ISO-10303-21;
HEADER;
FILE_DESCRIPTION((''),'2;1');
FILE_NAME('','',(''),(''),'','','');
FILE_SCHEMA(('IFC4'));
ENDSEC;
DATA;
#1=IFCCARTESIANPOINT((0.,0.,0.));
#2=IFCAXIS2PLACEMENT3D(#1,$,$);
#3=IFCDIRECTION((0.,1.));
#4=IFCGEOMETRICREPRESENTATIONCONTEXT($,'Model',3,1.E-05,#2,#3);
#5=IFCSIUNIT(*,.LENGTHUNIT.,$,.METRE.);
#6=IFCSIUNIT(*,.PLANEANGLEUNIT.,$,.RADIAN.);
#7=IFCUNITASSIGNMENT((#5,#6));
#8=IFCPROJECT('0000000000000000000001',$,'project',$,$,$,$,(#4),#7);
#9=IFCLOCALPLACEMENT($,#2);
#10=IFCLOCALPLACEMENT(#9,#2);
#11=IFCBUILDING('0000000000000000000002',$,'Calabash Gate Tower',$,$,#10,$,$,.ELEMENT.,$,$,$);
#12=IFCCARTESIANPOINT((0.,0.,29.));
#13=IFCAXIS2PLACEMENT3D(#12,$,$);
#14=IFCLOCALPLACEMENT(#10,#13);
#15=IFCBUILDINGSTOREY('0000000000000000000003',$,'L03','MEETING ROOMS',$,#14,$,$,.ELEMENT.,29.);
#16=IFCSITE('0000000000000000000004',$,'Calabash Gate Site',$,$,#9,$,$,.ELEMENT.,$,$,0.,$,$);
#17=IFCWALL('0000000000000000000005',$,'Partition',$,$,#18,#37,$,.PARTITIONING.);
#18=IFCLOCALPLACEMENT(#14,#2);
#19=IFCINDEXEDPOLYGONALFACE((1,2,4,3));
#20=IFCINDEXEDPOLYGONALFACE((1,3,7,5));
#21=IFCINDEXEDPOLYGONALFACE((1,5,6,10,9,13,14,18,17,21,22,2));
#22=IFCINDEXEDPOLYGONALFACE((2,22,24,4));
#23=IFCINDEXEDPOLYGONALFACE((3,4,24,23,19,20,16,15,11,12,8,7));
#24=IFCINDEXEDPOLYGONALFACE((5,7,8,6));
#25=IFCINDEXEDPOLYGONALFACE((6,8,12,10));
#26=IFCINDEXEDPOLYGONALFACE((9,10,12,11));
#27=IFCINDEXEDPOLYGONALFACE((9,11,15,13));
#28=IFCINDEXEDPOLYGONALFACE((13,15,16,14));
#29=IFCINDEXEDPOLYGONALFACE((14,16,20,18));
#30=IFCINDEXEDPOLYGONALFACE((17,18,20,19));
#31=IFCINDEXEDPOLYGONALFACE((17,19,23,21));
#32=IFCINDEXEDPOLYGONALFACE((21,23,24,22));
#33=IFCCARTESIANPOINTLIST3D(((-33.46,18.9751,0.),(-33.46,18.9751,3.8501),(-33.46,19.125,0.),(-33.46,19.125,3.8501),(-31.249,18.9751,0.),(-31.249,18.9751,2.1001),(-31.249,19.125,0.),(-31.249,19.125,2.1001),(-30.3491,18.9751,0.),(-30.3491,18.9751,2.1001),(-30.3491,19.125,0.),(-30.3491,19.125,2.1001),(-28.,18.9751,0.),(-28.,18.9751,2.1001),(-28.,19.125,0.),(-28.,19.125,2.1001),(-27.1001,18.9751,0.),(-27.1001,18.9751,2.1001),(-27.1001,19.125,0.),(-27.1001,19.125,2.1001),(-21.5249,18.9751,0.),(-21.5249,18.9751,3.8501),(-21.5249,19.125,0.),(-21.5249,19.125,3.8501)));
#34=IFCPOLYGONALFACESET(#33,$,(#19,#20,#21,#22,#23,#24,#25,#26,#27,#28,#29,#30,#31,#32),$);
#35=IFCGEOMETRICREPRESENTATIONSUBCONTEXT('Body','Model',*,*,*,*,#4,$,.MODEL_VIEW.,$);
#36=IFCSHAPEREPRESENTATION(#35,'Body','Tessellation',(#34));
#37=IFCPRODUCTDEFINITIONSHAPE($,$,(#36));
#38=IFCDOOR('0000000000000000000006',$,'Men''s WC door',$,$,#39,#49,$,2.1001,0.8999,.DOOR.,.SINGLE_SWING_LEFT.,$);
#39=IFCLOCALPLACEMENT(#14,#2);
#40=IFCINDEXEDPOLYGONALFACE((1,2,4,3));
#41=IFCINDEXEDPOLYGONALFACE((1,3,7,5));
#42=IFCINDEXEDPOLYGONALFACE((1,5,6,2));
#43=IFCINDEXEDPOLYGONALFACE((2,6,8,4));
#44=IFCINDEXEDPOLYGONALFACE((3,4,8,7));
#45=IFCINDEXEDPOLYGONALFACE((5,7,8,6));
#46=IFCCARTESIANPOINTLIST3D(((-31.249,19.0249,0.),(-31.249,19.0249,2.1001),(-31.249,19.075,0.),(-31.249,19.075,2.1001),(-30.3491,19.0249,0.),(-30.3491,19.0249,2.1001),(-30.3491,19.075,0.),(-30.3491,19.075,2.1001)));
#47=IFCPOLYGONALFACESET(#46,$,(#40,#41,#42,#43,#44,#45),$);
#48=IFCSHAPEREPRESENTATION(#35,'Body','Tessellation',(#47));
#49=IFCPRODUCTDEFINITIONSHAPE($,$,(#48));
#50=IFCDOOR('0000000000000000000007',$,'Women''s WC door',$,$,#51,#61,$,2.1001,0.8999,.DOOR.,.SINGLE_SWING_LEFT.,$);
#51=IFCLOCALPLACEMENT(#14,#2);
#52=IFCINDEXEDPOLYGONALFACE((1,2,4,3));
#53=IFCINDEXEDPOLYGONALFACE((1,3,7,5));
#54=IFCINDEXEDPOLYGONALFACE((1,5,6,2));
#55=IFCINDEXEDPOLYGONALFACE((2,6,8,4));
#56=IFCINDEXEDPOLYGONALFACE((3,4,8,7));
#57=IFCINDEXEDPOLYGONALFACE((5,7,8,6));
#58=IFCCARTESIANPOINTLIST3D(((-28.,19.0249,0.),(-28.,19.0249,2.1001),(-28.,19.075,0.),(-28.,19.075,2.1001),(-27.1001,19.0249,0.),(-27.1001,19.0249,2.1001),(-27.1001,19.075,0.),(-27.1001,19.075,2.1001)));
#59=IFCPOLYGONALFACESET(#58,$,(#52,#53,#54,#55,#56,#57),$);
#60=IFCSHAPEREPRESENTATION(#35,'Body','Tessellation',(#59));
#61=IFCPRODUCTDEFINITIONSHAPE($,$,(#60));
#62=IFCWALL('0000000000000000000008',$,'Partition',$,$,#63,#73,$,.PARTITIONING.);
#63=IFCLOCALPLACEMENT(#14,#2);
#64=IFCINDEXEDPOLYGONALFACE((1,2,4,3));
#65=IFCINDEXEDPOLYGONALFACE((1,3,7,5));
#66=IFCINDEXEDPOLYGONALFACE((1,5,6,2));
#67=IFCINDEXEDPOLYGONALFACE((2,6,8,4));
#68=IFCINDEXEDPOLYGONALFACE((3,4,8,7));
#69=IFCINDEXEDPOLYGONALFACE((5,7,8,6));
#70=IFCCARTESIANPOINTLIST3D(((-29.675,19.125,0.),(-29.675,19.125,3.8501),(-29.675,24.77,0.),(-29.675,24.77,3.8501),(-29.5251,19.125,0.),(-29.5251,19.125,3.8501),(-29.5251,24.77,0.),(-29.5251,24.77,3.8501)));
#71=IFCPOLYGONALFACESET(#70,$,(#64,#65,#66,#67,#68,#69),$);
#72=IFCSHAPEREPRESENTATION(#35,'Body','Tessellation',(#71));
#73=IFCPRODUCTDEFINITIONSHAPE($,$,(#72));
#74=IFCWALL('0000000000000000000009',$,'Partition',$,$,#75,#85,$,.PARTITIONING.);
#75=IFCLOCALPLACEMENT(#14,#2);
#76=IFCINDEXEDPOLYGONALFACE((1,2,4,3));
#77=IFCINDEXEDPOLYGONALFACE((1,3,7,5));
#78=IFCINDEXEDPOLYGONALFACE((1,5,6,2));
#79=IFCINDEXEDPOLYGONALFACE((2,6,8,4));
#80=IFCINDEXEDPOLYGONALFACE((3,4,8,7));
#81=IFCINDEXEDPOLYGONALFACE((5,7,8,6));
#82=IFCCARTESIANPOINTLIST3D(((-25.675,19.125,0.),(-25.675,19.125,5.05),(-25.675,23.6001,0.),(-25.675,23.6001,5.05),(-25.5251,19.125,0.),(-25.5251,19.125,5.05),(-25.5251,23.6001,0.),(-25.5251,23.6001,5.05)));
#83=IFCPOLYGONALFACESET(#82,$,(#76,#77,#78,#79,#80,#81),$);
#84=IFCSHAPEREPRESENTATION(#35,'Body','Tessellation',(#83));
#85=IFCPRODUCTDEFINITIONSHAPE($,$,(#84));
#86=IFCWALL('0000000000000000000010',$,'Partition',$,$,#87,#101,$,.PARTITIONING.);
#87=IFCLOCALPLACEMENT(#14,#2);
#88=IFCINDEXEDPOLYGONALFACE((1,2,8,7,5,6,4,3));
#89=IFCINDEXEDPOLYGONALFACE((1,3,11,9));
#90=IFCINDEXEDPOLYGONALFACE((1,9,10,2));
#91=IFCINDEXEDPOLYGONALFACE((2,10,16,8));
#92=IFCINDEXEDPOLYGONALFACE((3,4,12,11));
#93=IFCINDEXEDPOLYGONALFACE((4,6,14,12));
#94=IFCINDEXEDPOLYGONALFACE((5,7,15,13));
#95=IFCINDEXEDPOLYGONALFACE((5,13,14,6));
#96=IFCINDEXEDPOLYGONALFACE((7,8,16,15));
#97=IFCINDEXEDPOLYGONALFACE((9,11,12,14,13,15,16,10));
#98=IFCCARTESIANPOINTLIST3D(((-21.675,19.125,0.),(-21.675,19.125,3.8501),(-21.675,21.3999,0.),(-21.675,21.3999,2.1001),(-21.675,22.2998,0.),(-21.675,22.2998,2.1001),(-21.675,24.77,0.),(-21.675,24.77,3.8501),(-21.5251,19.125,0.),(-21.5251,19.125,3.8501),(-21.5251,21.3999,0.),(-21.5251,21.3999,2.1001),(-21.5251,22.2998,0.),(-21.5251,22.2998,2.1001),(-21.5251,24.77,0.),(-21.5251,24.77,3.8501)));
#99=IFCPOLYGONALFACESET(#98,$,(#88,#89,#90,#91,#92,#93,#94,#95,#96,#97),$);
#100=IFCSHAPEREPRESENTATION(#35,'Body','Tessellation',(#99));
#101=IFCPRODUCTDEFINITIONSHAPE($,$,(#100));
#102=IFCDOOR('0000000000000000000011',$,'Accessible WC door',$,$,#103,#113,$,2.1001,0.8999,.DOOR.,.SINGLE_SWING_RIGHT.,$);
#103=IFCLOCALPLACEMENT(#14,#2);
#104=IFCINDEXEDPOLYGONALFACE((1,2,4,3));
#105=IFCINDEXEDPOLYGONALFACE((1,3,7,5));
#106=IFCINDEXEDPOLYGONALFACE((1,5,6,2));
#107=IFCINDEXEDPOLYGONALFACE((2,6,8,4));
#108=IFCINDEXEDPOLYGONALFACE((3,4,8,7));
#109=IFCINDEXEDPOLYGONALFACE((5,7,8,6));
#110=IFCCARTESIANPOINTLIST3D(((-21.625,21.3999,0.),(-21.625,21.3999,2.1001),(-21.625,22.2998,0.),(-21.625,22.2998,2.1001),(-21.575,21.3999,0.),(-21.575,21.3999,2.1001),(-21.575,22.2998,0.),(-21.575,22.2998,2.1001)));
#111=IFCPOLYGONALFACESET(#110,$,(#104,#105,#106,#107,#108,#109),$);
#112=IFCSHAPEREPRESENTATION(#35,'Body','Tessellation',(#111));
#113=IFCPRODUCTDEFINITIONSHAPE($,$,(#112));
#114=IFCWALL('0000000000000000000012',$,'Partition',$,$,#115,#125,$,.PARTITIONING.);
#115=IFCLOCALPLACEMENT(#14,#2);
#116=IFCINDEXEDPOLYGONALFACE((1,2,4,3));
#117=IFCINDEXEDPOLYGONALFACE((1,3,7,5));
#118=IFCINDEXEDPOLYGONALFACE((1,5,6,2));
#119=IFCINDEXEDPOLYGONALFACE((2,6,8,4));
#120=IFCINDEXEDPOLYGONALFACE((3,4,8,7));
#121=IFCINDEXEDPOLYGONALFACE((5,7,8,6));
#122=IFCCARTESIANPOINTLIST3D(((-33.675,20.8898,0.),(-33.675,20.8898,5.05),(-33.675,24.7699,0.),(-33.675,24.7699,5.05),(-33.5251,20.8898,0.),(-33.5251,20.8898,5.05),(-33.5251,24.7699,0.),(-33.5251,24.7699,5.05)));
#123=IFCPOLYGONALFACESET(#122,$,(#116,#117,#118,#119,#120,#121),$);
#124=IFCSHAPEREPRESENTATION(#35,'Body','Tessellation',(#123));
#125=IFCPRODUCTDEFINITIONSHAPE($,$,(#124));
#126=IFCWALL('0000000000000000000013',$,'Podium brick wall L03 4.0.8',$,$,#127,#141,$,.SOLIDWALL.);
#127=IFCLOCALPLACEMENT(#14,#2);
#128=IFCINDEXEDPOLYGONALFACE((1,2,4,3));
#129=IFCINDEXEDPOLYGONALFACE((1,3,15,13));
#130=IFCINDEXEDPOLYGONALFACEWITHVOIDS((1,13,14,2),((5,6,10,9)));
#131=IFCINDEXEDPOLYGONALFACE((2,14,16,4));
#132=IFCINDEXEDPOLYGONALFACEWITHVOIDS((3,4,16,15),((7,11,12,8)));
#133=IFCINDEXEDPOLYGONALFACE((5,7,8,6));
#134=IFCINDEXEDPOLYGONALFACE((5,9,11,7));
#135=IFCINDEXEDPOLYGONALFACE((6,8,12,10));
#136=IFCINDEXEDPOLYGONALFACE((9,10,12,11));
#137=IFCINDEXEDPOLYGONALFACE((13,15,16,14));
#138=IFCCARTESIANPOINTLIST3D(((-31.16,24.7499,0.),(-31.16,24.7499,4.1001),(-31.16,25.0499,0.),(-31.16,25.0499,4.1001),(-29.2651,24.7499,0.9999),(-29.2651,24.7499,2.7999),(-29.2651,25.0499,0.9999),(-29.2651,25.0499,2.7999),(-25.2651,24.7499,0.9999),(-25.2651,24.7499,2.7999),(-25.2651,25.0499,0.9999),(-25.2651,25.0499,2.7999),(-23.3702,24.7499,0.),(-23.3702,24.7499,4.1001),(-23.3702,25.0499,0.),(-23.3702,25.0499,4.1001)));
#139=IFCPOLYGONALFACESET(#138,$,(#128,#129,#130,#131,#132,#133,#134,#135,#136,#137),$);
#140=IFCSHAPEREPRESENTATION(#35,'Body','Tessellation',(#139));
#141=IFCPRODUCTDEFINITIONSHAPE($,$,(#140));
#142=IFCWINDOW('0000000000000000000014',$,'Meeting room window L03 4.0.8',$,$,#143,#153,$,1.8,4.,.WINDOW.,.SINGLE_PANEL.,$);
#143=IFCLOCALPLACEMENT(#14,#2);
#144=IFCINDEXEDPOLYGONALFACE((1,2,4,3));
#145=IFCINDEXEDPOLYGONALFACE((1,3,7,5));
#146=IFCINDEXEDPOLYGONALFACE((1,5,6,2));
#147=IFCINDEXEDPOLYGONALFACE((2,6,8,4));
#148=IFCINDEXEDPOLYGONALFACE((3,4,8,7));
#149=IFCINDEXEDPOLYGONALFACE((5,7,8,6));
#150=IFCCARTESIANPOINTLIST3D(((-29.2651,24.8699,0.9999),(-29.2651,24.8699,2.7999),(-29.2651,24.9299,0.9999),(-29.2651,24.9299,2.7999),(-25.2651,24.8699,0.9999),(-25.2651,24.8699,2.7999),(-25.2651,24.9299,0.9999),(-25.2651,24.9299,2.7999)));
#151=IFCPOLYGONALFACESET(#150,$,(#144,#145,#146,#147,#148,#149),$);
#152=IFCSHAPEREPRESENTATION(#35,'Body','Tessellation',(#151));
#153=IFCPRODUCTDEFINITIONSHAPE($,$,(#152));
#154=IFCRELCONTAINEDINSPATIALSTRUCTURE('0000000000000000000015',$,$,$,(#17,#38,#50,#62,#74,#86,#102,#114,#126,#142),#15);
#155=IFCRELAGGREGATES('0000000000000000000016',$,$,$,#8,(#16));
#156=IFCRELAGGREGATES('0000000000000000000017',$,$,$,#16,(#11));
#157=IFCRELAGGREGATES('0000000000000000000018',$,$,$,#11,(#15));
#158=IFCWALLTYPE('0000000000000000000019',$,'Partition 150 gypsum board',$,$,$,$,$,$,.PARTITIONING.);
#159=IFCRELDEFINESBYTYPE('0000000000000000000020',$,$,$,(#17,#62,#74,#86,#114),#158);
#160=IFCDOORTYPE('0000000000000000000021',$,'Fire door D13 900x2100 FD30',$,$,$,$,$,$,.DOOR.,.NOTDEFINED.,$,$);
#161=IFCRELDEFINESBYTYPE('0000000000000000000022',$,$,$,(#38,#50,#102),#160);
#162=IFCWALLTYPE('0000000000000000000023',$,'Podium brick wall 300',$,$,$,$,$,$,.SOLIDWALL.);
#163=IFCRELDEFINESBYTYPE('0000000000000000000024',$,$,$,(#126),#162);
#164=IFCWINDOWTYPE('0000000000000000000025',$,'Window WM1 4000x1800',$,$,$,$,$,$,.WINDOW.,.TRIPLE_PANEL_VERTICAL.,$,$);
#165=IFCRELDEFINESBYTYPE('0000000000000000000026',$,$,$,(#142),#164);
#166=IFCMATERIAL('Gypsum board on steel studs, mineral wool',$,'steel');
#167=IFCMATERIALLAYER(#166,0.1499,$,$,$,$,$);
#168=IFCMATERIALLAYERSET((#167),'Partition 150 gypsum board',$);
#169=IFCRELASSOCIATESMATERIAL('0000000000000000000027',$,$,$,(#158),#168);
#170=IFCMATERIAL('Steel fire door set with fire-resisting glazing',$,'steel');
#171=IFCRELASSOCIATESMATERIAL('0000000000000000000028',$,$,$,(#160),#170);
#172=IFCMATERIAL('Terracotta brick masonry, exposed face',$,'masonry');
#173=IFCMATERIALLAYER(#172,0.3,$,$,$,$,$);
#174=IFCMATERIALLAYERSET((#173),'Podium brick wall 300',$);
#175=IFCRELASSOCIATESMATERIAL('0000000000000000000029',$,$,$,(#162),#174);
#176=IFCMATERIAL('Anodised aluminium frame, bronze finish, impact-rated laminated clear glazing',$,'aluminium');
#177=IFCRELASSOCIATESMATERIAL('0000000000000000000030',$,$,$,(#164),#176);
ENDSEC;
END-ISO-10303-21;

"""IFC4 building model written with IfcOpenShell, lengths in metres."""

from ifc_helpers import new_model, si_unit, direction, frame, frame_2d, origin, place, context, subcontext, project, spatial, rectangle, extrude, material, layer, layer_set, type_object, element, fill, save


model = new_model("IFC4")

# Units and contexts
model_context = context("Model", 3, precision=1e-05, world=origin(), true_north=direction((0.0, 1.0)))
body_context = subcontext(model_context, "Body", "Model", "MODEL_VIEW")
ifc_project = project(units=[si_unit("LENGTHUNIT", "METRE"), si_unit("PLANEANGLEUNIT", "RADIAN")], contexts=[model_context])

# Site, building, storey
site_placement = place(None, origin())
site = spatial("IfcSite", under=ifc_project, at=site_placement, Name="Calabash Gate Site", CompositionType="ELEMENT", RefElevation=0.0)
building_placement = place(site_placement, origin())
building = spatial("IfcBuilding", under=site, at=building_placement, Name="Calabash Gate Tower", CompositionType="ELEMENT")
storey_placement = place(building_placement, frame((0.0, 0.0, 29.0)))
storey = spatial("IfcBuildingStorey", under=building, at=storey_placement, Name="L03", Description="MEETING ROOMS", CompositionType="ELEMENT", Elevation=29.0)

# Wall, openings, doors
ifc_material_1 = material(Name="Gypsum board on steel studs, mineral wool", Category="steel")
ifc_layer_1 = layer(ifc_material_1, 0.1499)
ifc_layer_set_1 = layer_set([ifc_layer_1], Name="Partition 150 gypsum board")
wall_type_1 = type_object("IfcWallType", Name="Partition 150 gypsum board", PredefinedType="PARTITIONING", material=ifc_layer_set_1)
wall_1_placement = place(storey_placement, frame((-33.46, 19.05, 0.0), z_axis=(0.0, 0.0, 1.0), x_axis=(1.0, 0.0, 0.0)))
wall_1 = element("IfcWall", 1, at=wall_1_placement, inside=storey, type_object=wall_type_1, Name="Partition", PredefinedType="PARTITIONING", context=body_context, shape_type="SweptSolid", body=[
    extrude(rectangle(XDim=11.9351, YDim=0.1499, at=frame_2d((5.9675, 0.0))), origin(), (0.0, 0.0, 1.0), 3.8501),
])
opening_1_placement = place(wall_1_placement, frame((2.2109, 0.0, 0.0)))
opening_1 = element("IfcOpeningElement", 2, at=opening_1_placement, cuts=wall_1, PredefinedType="OPENING", context=body_context, shape_type="SweptSolid", body=[
    extrude(rectangle(XDim=0.8999, YDim=2.1001, at=frame_2d((0.45, 1.05))), frame((0.0, 0.085, 0.0), z_axis=(0.0, -1.0, 0.0), x_axis=(1.0, 0.0, 0.0)), (0.0, 0.0, 1.0), 0.1699),
])
opening_2_placement = place(wall_1_placement, frame((5.46, 0.0, 0.0)))
opening_2 = element("IfcOpeningElement", 3, at=opening_2_placement, cuts=wall_1, PredefinedType="OPENING", context=body_context, shape_type="SweptSolid", body=[
    extrude(rectangle(XDim=0.8999, YDim=2.1001, at=frame_2d((0.45, 1.05))), frame((0.0, 0.085, 0.0), z_axis=(0.0, -1.0, 0.0), x_axis=(1.0, 0.0, 0.0)), (0.0, 0.0, 1.0), 0.1699),
])
ifc_material_2 = material(Name="Steel fire door set with fire-resisting glazing", Category="steel")
door_type = type_object("IfcDoorType", Name="Fire door D13 900x2100 FD30", OperationType="NOTDEFINED", PredefinedType="DOOR", material=ifc_material_2)
door_1_placement = place(opening_1_placement, origin())
door_1 = element("IfcDoor", 4, at=door_1_placement, inside=storey, type_object=door_type, Name="Men's WC door", OperationType="SINGLE_SWING_LEFT", OverallHeight=2.1001, OverallWidth=0.8999, PredefinedType="DOOR", context=body_context, shape_type="SweptSolid", body=[
    extrude(rectangle(XDim=0.8999, YDim=2.1001, at=frame_2d((0.45, 1.05))), frame((0.0, 0.0249, 0.0), z_axis=(0.0, -1.0, 0.0), x_axis=(1.0, 0.0, 0.0)), (0.0, 0.0, 1.0), 0.05),
])
fill(opening_1, door_1)
door_2_placement = place(opening_2_placement, origin())
door_2 = element("IfcDoor", 5, at=door_2_placement, inside=storey, type_object=door_type, Name="Women's WC door", OperationType="SINGLE_SWING_LEFT", OverallHeight=2.1001, OverallWidth=0.8999, PredefinedType="DOOR", context=body_context, shape_type="SweptSolid", body=[
    extrude(rectangle(XDim=0.8999, YDim=2.1001, at=frame_2d((0.45, 1.05))), frame((0.0, 0.0249, 0.0), z_axis=(0.0, -1.0, 0.0), x_axis=(1.0, 0.0, 0.0)), (0.0, 0.0, 1.0), 0.05),
])
fill(opening_2, door_2)

# Walls
wall_2_placement = place(storey_placement, frame((-29.6001, 19.125, 0.0), z_axis=(0.0, 0.0, 1.0), x_axis=(0.0, 1.0, 0.0)))
element("IfcWall", 6, at=wall_2_placement, inside=storey, type_object=wall_type_1, Name="Partition", PredefinedType="PARTITIONING", context=body_context, shape_type="SweptSolid", body=[
    extrude(rectangle(XDim=5.645, YDim=0.1499, at=frame_2d((2.8225, 0.0))), origin(), (0.0, 0.0, 1.0), 3.8501),
])
wall_3_placement = place(storey_placement, frame((-25.6001, 19.125, 0.0), z_axis=(0.0, 0.0, 1.0), x_axis=(0.0, 1.0, 0.0)))
element("IfcWall", 7, at=wall_3_placement, inside=storey, type_object=wall_type_1, Name="Partition", PredefinedType="PARTITIONING", context=body_context, shape_type="SweptSolid", body=[
    extrude(rectangle(XDim=4.4751, YDim=0.1499, at=frame_2d((2.2375, 0.0))), origin(), (0.0, 0.0, 1.0), 5.05),
])

# Wall, opening, door
wall_4_placement = place(storey_placement, frame((-21.6001, 19.125, 0.0), z_axis=(0.0, 0.0, 1.0), x_axis=(0.0, 1.0, 0.0)))
wall_4 = element("IfcWall", 8, at=wall_4_placement, inside=storey, type_object=wall_type_1, Name="Partition", PredefinedType="PARTITIONING", context=body_context, shape_type="SweptSolid", body=[
    extrude(rectangle(XDim=5.645, YDim=0.1499, at=frame_2d((2.8225, 0.0))), origin(), (0.0, 0.0, 1.0), 3.8501),
])
opening_3_placement = place(wall_4_placement, frame((2.2749, 0.0, 0.0)))
opening_3 = element("IfcOpeningElement", 9, at=opening_3_placement, cuts=wall_4, PredefinedType="OPENING", context=body_context, shape_type="SweptSolid", body=[
    extrude(rectangle(XDim=0.8999, YDim=2.1001, at=frame_2d((0.45, 1.05))), frame((0.0, 0.085, 0.0), z_axis=(0.0, -1.0, 0.0), x_axis=(1.0, 0.0, 0.0)), (0.0, 0.0, 1.0), 0.1699),
])
door_3_placement = place(opening_3_placement, origin())
door_3 = element("IfcDoor", 10, at=door_3_placement, inside=storey, type_object=door_type, Name="Accessible WC door", OperationType="SINGLE_SWING_RIGHT", OverallHeight=2.1001, OverallWidth=0.8999, PredefinedType="DOOR", context=body_context, shape_type="SweptSolid", body=[
    extrude(rectangle(XDim=0.8999, YDim=2.1001, at=frame_2d((0.45, 1.05))), frame((0.0, 0.0249, 0.0), z_axis=(0.0, -1.0, 0.0), x_axis=(1.0, 0.0, 0.0)), (0.0, 0.0, 1.0), 0.05),
])
fill(opening_3, door_3)

# Wall
wall_5_placement = place(storey_placement, frame((-33.6001, 20.8899, 0.0), z_axis=(0.0, 0.0, 1.0), x_axis=(0.0, 1.0, 0.0)))
element("IfcWall", 11, at=wall_5_placement, inside=storey, type_object=wall_type_1, Name="Partition", PredefinedType="PARTITIONING", context=body_context, shape_type="SweptSolid", body=[
    extrude(rectangle(XDim=3.8801, YDim=0.1499, at=frame_2d((1.9399, 0.0))), origin(), (0.0, 0.0, 1.0), 5.05),
])

# Wall, opening, window
ifc_material_3 = material(Name="Terracotta brick masonry, exposed face", Category="masonry")
ifc_layer_2 = layer(ifc_material_3, 0.3)
ifc_layer_set_2 = layer_set([ifc_layer_2], Name="Podium brick wall 300")
wall_type_2 = type_object("IfcWallType", Name="Podium brick wall 300", PredefinedType="SOLIDWALL", material=ifc_layer_set_2)
wall_6_placement = place(storey_placement, frame((-23.3701, 24.8999, 0.0), z_axis=(0.0, 0.0, 1.0), x_axis=(-1.0, 0.0, 0.0)))
wall_6 = element("IfcWall", 12, at=wall_6_placement, inside=storey, type_object=wall_type_2, Name="Podium brick wall L03 4.0.8", PredefinedType="SOLIDWALL", context=body_context, shape_type="SweptSolid", body=[
    extrude(rectangle(XDim=7.7898, YDim=0.3, at=frame_2d((3.895, 0.0))), origin(), (0.0, 0.0, 1.0), 4.1001),
])
opening_4_placement = place(wall_6_placement, frame((1.895, 0.0, 1.0)))
opening_4 = element("IfcOpeningElement", 13, at=opening_4_placement, cuts=wall_6, PredefinedType="OPENING", context=body_context, shape_type="SweptSolid", body=[
    extrude(rectangle(XDim=4.0, YDim=1.8, at=frame_2d((2.0, 0.8999))), frame((0.0, 0.1599, 0.0), z_axis=(0.0, -1.0, 0.0), x_axis=(1.0, 0.0, 0.0)), (0.0, 0.0, 1.0), 0.3201),
])
ifc_material_4 = material(Name="Anodised aluminium frame, bronze finish, impact-rated laminated clear glazing", Category="aluminium")
window_type = type_object("IfcWindowType", Name="Window WM1 4000x1800", PartitioningType="TRIPLE_PANEL_VERTICAL", PredefinedType="WINDOW", material=ifc_material_4)
window_1_placement = place(opening_4_placement, origin())
window_1 = element("IfcWindow", 14, at=window_1_placement, inside=storey, type_object=window_type, Name="Meeting room window L03 4.0.8", OverallHeight=1.8, OverallWidth=4.0, PartitioningType="SINGLE_PANEL", PredefinedType="WINDOW", context=body_context, shape_type="SweptSolid", body=[
    extrude(rectangle(XDim=4.0, YDim=1.8, at=frame_2d((2.0, 0.8999))), frame((0.0, 0.03, 0.0), z_axis=(0.0, -1.0, 0.0), x_axis=(1.0, 0.0, 0.0)), (0.0, 0.0, 1.0), 0.0601),
])
fill(opening_4, window_1)

save(model, "model.ifc")
